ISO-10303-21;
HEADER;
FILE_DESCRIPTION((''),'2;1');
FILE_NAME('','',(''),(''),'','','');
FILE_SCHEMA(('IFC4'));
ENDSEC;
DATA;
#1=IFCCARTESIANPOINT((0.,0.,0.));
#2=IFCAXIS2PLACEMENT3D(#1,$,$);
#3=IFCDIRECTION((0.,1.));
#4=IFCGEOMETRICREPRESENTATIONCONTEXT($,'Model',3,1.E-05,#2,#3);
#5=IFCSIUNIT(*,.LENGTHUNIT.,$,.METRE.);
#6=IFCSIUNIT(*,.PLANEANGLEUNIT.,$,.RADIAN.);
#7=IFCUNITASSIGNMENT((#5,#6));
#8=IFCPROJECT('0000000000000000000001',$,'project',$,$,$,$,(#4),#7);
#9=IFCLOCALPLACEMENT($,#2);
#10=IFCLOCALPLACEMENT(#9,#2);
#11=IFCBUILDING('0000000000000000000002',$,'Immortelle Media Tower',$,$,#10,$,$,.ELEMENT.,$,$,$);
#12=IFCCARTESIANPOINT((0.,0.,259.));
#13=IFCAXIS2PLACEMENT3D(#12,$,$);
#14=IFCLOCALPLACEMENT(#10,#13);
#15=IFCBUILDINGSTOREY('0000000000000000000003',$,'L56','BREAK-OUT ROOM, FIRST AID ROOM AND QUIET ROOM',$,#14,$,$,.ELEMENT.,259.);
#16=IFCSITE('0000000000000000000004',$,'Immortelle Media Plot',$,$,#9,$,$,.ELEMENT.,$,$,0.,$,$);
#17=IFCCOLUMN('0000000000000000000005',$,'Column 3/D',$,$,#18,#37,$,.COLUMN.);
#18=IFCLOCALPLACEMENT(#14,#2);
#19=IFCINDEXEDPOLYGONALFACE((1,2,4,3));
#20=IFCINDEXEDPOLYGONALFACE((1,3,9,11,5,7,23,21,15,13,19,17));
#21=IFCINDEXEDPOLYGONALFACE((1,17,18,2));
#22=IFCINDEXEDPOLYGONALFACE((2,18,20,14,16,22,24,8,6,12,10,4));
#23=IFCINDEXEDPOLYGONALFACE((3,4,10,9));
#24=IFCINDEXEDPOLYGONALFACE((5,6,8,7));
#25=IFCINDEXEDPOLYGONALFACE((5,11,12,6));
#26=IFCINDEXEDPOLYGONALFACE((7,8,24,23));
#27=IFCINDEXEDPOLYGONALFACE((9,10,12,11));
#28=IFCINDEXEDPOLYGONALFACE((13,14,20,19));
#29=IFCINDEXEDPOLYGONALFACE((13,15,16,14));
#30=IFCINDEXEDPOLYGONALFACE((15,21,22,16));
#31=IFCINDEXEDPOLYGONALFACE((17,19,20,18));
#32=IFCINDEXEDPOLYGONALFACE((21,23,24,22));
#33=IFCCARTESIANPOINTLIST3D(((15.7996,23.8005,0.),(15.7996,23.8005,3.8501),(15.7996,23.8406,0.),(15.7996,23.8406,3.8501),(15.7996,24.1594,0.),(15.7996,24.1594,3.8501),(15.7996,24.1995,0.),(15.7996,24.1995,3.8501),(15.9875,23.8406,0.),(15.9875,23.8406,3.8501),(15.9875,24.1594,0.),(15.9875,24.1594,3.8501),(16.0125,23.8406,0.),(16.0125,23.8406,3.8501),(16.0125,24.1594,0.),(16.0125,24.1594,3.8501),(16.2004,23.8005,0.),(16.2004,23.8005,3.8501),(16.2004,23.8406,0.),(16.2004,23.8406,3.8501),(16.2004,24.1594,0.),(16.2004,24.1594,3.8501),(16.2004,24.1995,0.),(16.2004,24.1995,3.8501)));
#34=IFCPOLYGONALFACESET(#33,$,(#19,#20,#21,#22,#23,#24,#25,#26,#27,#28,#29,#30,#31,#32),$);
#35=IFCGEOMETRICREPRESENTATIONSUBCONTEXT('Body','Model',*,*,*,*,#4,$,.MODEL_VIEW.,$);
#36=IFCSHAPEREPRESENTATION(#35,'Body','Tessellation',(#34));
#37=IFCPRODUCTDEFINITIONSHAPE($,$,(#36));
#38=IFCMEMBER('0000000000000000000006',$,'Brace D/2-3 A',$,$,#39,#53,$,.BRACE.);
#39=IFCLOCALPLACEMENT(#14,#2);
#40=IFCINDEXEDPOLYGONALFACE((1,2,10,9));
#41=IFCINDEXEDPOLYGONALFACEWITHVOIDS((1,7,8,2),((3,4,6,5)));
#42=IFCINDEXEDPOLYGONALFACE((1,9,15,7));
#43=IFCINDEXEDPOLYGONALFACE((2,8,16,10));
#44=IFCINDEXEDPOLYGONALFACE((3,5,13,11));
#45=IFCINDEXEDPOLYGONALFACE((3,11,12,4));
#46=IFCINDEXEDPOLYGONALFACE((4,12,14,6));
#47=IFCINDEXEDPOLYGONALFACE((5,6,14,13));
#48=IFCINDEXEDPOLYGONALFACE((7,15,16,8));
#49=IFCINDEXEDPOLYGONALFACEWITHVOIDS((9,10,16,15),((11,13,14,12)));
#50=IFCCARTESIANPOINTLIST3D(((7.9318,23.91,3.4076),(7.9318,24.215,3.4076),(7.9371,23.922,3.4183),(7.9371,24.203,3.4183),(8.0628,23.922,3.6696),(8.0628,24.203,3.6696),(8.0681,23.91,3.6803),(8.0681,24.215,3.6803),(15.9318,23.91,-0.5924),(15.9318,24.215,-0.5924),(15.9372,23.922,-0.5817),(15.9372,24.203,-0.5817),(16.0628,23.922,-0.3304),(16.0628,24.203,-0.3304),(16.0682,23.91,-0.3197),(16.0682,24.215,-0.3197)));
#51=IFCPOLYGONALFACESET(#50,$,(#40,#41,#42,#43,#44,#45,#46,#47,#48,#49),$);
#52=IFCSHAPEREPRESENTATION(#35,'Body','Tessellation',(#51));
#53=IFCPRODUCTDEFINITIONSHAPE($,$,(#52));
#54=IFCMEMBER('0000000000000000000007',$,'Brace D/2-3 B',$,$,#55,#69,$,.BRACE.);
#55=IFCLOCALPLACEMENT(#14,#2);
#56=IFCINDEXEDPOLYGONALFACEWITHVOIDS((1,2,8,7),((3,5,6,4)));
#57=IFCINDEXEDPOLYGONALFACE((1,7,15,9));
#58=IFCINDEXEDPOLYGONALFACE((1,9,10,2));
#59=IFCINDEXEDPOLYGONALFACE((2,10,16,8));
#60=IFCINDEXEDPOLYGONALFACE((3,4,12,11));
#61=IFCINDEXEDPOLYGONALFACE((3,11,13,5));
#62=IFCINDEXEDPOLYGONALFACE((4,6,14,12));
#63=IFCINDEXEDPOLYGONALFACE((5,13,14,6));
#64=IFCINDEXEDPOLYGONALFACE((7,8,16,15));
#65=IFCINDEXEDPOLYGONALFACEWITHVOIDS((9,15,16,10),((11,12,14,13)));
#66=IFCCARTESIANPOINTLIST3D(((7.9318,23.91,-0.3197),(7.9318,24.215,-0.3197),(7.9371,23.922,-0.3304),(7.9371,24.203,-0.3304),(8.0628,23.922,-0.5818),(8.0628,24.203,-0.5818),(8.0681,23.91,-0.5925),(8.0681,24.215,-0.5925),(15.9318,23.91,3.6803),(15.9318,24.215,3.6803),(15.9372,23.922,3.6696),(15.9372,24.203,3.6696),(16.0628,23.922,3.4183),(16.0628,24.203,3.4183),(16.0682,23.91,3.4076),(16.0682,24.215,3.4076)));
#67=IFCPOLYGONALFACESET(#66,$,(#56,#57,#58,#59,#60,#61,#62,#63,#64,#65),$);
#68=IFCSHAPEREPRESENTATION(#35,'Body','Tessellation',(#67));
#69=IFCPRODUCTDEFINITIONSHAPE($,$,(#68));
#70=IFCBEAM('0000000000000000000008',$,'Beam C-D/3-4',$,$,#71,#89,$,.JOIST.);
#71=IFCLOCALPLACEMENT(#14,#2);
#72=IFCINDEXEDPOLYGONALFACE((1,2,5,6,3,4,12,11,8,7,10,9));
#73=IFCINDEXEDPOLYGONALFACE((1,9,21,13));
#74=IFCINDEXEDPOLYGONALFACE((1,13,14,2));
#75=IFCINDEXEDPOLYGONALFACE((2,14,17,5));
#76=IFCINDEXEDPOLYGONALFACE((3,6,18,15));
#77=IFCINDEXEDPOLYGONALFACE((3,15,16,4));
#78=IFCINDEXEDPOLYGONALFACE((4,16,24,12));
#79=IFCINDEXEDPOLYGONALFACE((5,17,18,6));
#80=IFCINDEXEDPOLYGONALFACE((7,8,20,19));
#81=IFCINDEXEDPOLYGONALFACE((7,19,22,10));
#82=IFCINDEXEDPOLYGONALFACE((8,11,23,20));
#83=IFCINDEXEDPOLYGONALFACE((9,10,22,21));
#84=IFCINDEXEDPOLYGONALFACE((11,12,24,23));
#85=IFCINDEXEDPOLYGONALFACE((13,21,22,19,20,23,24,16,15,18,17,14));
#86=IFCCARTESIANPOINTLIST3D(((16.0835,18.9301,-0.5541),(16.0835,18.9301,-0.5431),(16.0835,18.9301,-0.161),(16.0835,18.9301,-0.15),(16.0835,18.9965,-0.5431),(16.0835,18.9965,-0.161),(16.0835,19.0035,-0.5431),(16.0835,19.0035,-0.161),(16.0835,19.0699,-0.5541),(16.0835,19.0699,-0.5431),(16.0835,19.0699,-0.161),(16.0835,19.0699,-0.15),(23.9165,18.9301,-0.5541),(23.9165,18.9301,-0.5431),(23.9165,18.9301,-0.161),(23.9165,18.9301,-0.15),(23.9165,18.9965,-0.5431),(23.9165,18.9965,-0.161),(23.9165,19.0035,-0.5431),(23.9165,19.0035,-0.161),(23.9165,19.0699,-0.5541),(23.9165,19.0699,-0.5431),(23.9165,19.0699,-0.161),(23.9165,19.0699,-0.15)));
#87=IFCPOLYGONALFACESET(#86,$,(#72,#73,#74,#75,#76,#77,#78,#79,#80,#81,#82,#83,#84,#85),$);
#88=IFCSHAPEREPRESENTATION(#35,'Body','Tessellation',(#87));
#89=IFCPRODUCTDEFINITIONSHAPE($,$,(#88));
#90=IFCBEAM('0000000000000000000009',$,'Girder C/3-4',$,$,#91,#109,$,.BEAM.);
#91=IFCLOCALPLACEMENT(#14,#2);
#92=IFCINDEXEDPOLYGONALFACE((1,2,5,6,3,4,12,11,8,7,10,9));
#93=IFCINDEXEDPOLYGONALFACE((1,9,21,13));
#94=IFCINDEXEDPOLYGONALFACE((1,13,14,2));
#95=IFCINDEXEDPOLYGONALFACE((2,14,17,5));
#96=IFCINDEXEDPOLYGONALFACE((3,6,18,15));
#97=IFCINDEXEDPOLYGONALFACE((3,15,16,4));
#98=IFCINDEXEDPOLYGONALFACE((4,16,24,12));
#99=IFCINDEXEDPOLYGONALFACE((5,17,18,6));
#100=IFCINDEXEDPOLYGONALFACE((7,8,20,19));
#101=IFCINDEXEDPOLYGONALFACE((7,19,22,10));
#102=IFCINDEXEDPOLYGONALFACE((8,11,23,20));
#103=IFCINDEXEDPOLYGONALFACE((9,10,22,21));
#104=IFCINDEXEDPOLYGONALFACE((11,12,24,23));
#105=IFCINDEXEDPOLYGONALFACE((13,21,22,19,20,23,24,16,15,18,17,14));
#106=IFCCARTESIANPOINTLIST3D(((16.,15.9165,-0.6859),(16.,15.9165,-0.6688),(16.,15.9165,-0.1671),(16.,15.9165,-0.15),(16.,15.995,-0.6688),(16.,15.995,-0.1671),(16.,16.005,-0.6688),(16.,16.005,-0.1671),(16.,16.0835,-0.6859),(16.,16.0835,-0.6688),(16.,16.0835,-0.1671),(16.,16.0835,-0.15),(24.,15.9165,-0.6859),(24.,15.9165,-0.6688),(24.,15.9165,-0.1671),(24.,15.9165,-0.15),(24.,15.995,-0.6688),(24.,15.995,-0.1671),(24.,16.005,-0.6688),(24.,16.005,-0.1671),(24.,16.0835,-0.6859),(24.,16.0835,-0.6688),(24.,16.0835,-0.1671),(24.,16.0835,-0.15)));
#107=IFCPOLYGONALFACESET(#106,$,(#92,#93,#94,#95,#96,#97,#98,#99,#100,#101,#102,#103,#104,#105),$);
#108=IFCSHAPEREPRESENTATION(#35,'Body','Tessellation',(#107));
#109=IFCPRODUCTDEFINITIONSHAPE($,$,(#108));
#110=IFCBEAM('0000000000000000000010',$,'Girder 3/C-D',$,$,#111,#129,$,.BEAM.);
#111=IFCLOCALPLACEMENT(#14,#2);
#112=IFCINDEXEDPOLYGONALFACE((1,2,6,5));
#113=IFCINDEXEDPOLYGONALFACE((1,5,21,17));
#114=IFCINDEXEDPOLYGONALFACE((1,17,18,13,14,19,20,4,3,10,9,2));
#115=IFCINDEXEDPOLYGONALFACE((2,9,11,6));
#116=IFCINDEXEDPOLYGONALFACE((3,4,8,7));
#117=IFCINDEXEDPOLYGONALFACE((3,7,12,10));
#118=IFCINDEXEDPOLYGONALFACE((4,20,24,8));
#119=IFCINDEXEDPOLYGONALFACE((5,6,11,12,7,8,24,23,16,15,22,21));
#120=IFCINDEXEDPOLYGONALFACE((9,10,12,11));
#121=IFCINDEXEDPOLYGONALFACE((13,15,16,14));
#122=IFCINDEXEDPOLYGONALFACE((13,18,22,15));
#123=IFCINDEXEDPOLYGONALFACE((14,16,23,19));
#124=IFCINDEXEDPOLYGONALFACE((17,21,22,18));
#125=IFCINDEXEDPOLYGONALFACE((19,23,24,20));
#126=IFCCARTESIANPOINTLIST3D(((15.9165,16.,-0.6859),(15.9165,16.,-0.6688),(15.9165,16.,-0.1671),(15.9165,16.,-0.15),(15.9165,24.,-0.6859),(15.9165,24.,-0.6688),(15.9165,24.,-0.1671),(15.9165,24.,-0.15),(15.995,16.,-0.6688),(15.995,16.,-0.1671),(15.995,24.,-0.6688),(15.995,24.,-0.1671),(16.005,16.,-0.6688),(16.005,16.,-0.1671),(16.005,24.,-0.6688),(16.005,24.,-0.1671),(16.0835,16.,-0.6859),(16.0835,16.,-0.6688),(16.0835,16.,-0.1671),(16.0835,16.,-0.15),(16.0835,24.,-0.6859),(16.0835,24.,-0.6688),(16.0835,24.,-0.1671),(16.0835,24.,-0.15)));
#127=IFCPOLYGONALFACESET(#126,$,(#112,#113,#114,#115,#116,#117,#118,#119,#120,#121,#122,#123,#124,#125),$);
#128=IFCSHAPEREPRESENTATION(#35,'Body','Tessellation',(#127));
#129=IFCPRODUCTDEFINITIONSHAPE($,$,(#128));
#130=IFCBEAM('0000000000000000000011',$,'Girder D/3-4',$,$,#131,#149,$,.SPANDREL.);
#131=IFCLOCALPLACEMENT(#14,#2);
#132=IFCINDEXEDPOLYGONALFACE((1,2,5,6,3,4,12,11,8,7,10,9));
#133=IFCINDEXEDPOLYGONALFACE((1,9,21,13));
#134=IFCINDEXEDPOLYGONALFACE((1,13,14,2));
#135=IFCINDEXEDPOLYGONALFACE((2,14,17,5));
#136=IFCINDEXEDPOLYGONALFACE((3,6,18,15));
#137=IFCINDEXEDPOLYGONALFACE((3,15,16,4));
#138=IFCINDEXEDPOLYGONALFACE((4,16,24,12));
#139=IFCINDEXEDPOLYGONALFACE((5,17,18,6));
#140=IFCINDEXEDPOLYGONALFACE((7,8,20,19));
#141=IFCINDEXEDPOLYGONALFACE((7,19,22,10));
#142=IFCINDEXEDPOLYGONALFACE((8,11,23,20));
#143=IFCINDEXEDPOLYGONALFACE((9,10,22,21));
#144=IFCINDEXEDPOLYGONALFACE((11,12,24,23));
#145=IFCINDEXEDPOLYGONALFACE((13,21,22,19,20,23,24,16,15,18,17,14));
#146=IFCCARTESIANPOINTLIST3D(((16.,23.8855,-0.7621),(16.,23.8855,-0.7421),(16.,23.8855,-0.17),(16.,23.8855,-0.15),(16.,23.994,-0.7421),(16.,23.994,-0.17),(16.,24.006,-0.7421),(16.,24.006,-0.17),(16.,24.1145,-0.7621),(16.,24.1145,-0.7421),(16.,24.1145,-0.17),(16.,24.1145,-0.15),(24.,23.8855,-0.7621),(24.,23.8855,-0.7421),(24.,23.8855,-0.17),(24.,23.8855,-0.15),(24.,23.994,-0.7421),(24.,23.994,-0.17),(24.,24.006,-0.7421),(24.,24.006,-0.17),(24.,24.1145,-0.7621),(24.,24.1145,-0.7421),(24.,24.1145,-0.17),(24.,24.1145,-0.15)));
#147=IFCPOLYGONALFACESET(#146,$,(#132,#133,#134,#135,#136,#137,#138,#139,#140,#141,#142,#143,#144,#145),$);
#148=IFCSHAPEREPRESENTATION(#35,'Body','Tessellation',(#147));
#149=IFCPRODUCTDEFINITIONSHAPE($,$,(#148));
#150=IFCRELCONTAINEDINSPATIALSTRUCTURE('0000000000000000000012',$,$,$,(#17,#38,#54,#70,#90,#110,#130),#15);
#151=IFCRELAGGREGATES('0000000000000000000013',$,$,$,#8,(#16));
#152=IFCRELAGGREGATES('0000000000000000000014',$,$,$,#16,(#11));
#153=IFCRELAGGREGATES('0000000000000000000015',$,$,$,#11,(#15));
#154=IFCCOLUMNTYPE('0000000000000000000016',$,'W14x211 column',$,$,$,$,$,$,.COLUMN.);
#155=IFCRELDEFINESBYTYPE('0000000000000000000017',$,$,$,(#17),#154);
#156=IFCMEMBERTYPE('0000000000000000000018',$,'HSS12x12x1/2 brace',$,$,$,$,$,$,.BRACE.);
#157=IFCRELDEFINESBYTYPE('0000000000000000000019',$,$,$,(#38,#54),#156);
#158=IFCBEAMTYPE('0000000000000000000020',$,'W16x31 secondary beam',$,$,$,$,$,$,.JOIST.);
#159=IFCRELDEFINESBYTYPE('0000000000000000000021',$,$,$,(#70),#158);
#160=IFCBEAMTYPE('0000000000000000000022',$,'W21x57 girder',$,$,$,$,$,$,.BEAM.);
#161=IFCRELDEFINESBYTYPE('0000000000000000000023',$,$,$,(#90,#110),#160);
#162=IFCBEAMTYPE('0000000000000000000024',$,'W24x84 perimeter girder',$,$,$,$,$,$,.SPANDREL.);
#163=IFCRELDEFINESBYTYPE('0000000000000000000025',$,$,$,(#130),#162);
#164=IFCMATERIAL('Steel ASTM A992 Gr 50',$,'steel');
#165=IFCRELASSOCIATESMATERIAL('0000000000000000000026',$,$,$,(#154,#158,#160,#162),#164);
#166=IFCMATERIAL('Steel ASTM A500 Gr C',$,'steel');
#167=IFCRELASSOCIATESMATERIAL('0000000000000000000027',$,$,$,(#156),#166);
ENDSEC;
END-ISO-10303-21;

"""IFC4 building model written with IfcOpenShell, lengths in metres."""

from ifc_helpers import new_model, si_unit, direction, frame, origin, origin_2d, place, context, subcontext, project, spatial, hollow_rectangle, i_section, extrude, material, material_profile, profile_set, type_object, element, save


model = new_model("IFC4")

# Units and contexts
model_context = context("Model", 3, precision=1e-05, world=origin(), true_north=direction((0.0, 1.0)))
body_context = subcontext(model_context, "Body", "Model", "MODEL_VIEW")
ifc_project = project(units=[si_unit("LENGTHUNIT", "METRE"), si_unit("PLANEANGLEUNIT", "RADIAN")], contexts=[model_context])

# Site, building, storey
site_placement = place(None, origin())
site = spatial("IfcSite", under=ifc_project, at=site_placement, Name="Immortelle Media Plot", CompositionType="ELEMENT", RefElevation=0.0)
building_placement = place(site_placement, origin())
building = spatial("IfcBuilding", under=site, at=building_placement, Name="Immortelle Media Tower", CompositionType="ELEMENT")
storey_placement = place(building_placement, frame((0.0, 0.0, 259.0)))
storey = spatial("IfcBuildingStorey", under=building, at=storey_placement, Name="L56", Description="BREAK-OUT ROOM, FIRST AID ROOM AND QUIET ROOM", CompositionType="ELEMENT", Elevation=259.0)

# Column
ifc_material_1 = material(Name="Steel ASTM A992 Gr 50", Category="steel")
ifc_material_profile_1 = material_profile(ifc_material_1, i_section(OverallWidth=0.4009, OverallDepth=0.3989, WebThickness=0.0249, FlangeThickness=0.04, at=origin_2d()), Name="W14x211")
ifc_profile_set_1 = profile_set([ifc_material_profile_1], Name="Steel ASTM A992 Gr 50")
column_type = type_object("IfcColumnType", Name="W14x211 column", PredefinedType="COLUMN", material=ifc_profile_set_1)
column_placement = place(storey_placement, frame((16.0, 24.0, 0.0), z_axis=(0.0, 0.0, 1.0), x_axis=(1.0, 0.0, 0.0)))
element("IfcColumn", 1, at=column_placement, inside=storey, type_object=column_type, Name="Column 3/D", PredefinedType="COLUMN", context=body_context, shape_type="SweptSolid", body=[
    extrude(i_section(OverallWidth=0.4009, OverallDepth=0.3989, WebThickness=0.0249, FlangeThickness=0.04, at=origin_2d()), origin(), (0.0, 0.0, 1.0), 3.8501),
])

# Members
ifc_material_2 = material(Name="Steel ASTM A500 Gr C", Category="steel")
ifc_material_profile_2 = material_profile(ifc_material_2, hollow_rectangle(XDim=0.3049, YDim=0.3049, WallThickness=0.012, at=origin_2d()), Name="HSS12x12x1/2 brace")
ifc_profile_set_2 = profile_set([ifc_material_profile_2], Name="Steel ASTM A500 Gr C")
member_type = type_object("IfcMemberType", Name="HSS12x12x1/2 brace", PredefinedType="BRACE", material=ifc_profile_set_2)
for number, where, z_axis, x_axis, name in (
    (2, (16.0, 24.0625, -0.4561), (-0.894427, 0.0, 0.447214), (0.0, -1.0, 0.0), "Brace D/2-3 A"),
    (3, (16.0, 24.0625, 3.5439), (-0.894427, 0.0, -0.447214), (0.0, -1.0, 0.0), "Brace D/2-3 B"),
):
    element("IfcMember", number, at=place(storey_placement, frame(where, z_axis=z_axis, x_axis=x_axis)), inside=storey, type_object=member_type, Name=name, PredefinedType="BRACE", context=body_context, shape_type="SweptSolid", body=[
        extrude(hollow_rectangle(XDim=0.3049, YDim=0.3049, WallThickness=0.012, at=origin_2d()), origin(), (0.0, 0.0, 1.0), 8.9443),
    ])

# Beams
ifc_material_profile_3 = material_profile(ifc_material_1, i_section(OverallWidth=0.1399, OverallDepth=0.4041, WebThickness=0.0071, FlangeThickness=0.011, at=origin_2d()), Name="W16x31")
ifc_profile_set_3 = profile_set([ifc_material_profile_3], Name="Steel ASTM A992 Gr 50")
beam_type_1 = type_object("IfcBeamType", Name="W16x31 secondary beam", PredefinedType="JOIST", material=ifc_profile_set_3)
beam_1_placement = place(storey_placement, frame((16.0835, 19.0, -0.3521), z_axis=(1.0, 0.0, 0.0), x_axis=(0.0, 1.0, 0.0)))
element("IfcBeam", 4, at=beam_1_placement, inside=storey, type_object=beam_type_1, Name="Beam C-D/3-4", PredefinedType="JOIST", context=body_context, shape_type="SweptSolid", body=[
    extrude(i_section(OverallWidth=0.1399, OverallDepth=0.4041, WebThickness=0.0071, FlangeThickness=0.011, at=origin_2d()), origin(), (0.0, 0.0, 1.0), 7.833),
])
ifc_material_profile_4 = material_profile(ifc_material_1, i_section(OverallWidth=0.167, OverallDepth=0.5359, WebThickness=0.01, FlangeThickness=0.0171, at=origin_2d()), Name="W21x57")
ifc_profile_set_4 = profile_set([ifc_material_profile_4], Name="Steel ASTM A992 Gr 50")
beam_type_2 = type_object("IfcBeamType", Name="W21x57 girder", PredefinedType="BEAM", material=ifc_profile_set_4)
for number, where, z_axis, x_axis, name in (
    (5, (16.0, 16.0, -0.418), (1.0, 0.0, 0.0), (0.0, 1.0, 0.0), "Girder C/3-4"),
    (6, (16.0, 16.0, -0.418), (0.0, 1.0, 0.0), (-1.0, 0.0, 0.0), "Girder 3/C-D"),
):
    element("IfcBeam", number, at=place(storey_placement, frame(where, z_axis=z_axis, x_axis=x_axis)), inside=storey, type_object=beam_type_2, Name=name, PredefinedType="BEAM", context=body_context, shape_type="SweptSolid", body=[
        extrude(i_section(OverallWidth=0.167, OverallDepth=0.5359, WebThickness=0.01, FlangeThickness=0.0171, at=origin_2d()), origin(), (0.0, 0.0, 1.0), 8.0),
    ])
ifc_material_profile_5 = material_profile(ifc_material_1, i_section(OverallWidth=0.229, OverallDepth=0.6121, WebThickness=0.012, FlangeThickness=0.02, at=origin_2d()), Name="W24x84")
ifc_profile_set_5 = profile_set([ifc_material_profile_5], Name="Steel ASTM A992 Gr 50")
beam_type_3 = type_object("IfcBeamType", Name="W24x84 perimeter girder", PredefinedType="SPANDREL", material=ifc_profile_set_5)
beam_2_placement = place(storey_placement, frame((16.0, 24.0, -0.4561), z_axis=(1.0, 0.0, 0.0), x_axis=(0.0, 1.0, 0.0)))
element("IfcBeam", 7, at=beam_2_placement, inside=storey, type_object=beam_type_3, Name="Girder D/3-4", PredefinedType="SPANDREL", context=body_context, shape_type="SweptSolid", body=[
    extrude(i_section(OverallWidth=0.229, OverallDepth=0.6121, WebThickness=0.012, FlangeThickness=0.02, at=origin_2d()), origin(), (0.0, 0.0, 1.0), 8.0),
])

save(model, "model.ifc")
